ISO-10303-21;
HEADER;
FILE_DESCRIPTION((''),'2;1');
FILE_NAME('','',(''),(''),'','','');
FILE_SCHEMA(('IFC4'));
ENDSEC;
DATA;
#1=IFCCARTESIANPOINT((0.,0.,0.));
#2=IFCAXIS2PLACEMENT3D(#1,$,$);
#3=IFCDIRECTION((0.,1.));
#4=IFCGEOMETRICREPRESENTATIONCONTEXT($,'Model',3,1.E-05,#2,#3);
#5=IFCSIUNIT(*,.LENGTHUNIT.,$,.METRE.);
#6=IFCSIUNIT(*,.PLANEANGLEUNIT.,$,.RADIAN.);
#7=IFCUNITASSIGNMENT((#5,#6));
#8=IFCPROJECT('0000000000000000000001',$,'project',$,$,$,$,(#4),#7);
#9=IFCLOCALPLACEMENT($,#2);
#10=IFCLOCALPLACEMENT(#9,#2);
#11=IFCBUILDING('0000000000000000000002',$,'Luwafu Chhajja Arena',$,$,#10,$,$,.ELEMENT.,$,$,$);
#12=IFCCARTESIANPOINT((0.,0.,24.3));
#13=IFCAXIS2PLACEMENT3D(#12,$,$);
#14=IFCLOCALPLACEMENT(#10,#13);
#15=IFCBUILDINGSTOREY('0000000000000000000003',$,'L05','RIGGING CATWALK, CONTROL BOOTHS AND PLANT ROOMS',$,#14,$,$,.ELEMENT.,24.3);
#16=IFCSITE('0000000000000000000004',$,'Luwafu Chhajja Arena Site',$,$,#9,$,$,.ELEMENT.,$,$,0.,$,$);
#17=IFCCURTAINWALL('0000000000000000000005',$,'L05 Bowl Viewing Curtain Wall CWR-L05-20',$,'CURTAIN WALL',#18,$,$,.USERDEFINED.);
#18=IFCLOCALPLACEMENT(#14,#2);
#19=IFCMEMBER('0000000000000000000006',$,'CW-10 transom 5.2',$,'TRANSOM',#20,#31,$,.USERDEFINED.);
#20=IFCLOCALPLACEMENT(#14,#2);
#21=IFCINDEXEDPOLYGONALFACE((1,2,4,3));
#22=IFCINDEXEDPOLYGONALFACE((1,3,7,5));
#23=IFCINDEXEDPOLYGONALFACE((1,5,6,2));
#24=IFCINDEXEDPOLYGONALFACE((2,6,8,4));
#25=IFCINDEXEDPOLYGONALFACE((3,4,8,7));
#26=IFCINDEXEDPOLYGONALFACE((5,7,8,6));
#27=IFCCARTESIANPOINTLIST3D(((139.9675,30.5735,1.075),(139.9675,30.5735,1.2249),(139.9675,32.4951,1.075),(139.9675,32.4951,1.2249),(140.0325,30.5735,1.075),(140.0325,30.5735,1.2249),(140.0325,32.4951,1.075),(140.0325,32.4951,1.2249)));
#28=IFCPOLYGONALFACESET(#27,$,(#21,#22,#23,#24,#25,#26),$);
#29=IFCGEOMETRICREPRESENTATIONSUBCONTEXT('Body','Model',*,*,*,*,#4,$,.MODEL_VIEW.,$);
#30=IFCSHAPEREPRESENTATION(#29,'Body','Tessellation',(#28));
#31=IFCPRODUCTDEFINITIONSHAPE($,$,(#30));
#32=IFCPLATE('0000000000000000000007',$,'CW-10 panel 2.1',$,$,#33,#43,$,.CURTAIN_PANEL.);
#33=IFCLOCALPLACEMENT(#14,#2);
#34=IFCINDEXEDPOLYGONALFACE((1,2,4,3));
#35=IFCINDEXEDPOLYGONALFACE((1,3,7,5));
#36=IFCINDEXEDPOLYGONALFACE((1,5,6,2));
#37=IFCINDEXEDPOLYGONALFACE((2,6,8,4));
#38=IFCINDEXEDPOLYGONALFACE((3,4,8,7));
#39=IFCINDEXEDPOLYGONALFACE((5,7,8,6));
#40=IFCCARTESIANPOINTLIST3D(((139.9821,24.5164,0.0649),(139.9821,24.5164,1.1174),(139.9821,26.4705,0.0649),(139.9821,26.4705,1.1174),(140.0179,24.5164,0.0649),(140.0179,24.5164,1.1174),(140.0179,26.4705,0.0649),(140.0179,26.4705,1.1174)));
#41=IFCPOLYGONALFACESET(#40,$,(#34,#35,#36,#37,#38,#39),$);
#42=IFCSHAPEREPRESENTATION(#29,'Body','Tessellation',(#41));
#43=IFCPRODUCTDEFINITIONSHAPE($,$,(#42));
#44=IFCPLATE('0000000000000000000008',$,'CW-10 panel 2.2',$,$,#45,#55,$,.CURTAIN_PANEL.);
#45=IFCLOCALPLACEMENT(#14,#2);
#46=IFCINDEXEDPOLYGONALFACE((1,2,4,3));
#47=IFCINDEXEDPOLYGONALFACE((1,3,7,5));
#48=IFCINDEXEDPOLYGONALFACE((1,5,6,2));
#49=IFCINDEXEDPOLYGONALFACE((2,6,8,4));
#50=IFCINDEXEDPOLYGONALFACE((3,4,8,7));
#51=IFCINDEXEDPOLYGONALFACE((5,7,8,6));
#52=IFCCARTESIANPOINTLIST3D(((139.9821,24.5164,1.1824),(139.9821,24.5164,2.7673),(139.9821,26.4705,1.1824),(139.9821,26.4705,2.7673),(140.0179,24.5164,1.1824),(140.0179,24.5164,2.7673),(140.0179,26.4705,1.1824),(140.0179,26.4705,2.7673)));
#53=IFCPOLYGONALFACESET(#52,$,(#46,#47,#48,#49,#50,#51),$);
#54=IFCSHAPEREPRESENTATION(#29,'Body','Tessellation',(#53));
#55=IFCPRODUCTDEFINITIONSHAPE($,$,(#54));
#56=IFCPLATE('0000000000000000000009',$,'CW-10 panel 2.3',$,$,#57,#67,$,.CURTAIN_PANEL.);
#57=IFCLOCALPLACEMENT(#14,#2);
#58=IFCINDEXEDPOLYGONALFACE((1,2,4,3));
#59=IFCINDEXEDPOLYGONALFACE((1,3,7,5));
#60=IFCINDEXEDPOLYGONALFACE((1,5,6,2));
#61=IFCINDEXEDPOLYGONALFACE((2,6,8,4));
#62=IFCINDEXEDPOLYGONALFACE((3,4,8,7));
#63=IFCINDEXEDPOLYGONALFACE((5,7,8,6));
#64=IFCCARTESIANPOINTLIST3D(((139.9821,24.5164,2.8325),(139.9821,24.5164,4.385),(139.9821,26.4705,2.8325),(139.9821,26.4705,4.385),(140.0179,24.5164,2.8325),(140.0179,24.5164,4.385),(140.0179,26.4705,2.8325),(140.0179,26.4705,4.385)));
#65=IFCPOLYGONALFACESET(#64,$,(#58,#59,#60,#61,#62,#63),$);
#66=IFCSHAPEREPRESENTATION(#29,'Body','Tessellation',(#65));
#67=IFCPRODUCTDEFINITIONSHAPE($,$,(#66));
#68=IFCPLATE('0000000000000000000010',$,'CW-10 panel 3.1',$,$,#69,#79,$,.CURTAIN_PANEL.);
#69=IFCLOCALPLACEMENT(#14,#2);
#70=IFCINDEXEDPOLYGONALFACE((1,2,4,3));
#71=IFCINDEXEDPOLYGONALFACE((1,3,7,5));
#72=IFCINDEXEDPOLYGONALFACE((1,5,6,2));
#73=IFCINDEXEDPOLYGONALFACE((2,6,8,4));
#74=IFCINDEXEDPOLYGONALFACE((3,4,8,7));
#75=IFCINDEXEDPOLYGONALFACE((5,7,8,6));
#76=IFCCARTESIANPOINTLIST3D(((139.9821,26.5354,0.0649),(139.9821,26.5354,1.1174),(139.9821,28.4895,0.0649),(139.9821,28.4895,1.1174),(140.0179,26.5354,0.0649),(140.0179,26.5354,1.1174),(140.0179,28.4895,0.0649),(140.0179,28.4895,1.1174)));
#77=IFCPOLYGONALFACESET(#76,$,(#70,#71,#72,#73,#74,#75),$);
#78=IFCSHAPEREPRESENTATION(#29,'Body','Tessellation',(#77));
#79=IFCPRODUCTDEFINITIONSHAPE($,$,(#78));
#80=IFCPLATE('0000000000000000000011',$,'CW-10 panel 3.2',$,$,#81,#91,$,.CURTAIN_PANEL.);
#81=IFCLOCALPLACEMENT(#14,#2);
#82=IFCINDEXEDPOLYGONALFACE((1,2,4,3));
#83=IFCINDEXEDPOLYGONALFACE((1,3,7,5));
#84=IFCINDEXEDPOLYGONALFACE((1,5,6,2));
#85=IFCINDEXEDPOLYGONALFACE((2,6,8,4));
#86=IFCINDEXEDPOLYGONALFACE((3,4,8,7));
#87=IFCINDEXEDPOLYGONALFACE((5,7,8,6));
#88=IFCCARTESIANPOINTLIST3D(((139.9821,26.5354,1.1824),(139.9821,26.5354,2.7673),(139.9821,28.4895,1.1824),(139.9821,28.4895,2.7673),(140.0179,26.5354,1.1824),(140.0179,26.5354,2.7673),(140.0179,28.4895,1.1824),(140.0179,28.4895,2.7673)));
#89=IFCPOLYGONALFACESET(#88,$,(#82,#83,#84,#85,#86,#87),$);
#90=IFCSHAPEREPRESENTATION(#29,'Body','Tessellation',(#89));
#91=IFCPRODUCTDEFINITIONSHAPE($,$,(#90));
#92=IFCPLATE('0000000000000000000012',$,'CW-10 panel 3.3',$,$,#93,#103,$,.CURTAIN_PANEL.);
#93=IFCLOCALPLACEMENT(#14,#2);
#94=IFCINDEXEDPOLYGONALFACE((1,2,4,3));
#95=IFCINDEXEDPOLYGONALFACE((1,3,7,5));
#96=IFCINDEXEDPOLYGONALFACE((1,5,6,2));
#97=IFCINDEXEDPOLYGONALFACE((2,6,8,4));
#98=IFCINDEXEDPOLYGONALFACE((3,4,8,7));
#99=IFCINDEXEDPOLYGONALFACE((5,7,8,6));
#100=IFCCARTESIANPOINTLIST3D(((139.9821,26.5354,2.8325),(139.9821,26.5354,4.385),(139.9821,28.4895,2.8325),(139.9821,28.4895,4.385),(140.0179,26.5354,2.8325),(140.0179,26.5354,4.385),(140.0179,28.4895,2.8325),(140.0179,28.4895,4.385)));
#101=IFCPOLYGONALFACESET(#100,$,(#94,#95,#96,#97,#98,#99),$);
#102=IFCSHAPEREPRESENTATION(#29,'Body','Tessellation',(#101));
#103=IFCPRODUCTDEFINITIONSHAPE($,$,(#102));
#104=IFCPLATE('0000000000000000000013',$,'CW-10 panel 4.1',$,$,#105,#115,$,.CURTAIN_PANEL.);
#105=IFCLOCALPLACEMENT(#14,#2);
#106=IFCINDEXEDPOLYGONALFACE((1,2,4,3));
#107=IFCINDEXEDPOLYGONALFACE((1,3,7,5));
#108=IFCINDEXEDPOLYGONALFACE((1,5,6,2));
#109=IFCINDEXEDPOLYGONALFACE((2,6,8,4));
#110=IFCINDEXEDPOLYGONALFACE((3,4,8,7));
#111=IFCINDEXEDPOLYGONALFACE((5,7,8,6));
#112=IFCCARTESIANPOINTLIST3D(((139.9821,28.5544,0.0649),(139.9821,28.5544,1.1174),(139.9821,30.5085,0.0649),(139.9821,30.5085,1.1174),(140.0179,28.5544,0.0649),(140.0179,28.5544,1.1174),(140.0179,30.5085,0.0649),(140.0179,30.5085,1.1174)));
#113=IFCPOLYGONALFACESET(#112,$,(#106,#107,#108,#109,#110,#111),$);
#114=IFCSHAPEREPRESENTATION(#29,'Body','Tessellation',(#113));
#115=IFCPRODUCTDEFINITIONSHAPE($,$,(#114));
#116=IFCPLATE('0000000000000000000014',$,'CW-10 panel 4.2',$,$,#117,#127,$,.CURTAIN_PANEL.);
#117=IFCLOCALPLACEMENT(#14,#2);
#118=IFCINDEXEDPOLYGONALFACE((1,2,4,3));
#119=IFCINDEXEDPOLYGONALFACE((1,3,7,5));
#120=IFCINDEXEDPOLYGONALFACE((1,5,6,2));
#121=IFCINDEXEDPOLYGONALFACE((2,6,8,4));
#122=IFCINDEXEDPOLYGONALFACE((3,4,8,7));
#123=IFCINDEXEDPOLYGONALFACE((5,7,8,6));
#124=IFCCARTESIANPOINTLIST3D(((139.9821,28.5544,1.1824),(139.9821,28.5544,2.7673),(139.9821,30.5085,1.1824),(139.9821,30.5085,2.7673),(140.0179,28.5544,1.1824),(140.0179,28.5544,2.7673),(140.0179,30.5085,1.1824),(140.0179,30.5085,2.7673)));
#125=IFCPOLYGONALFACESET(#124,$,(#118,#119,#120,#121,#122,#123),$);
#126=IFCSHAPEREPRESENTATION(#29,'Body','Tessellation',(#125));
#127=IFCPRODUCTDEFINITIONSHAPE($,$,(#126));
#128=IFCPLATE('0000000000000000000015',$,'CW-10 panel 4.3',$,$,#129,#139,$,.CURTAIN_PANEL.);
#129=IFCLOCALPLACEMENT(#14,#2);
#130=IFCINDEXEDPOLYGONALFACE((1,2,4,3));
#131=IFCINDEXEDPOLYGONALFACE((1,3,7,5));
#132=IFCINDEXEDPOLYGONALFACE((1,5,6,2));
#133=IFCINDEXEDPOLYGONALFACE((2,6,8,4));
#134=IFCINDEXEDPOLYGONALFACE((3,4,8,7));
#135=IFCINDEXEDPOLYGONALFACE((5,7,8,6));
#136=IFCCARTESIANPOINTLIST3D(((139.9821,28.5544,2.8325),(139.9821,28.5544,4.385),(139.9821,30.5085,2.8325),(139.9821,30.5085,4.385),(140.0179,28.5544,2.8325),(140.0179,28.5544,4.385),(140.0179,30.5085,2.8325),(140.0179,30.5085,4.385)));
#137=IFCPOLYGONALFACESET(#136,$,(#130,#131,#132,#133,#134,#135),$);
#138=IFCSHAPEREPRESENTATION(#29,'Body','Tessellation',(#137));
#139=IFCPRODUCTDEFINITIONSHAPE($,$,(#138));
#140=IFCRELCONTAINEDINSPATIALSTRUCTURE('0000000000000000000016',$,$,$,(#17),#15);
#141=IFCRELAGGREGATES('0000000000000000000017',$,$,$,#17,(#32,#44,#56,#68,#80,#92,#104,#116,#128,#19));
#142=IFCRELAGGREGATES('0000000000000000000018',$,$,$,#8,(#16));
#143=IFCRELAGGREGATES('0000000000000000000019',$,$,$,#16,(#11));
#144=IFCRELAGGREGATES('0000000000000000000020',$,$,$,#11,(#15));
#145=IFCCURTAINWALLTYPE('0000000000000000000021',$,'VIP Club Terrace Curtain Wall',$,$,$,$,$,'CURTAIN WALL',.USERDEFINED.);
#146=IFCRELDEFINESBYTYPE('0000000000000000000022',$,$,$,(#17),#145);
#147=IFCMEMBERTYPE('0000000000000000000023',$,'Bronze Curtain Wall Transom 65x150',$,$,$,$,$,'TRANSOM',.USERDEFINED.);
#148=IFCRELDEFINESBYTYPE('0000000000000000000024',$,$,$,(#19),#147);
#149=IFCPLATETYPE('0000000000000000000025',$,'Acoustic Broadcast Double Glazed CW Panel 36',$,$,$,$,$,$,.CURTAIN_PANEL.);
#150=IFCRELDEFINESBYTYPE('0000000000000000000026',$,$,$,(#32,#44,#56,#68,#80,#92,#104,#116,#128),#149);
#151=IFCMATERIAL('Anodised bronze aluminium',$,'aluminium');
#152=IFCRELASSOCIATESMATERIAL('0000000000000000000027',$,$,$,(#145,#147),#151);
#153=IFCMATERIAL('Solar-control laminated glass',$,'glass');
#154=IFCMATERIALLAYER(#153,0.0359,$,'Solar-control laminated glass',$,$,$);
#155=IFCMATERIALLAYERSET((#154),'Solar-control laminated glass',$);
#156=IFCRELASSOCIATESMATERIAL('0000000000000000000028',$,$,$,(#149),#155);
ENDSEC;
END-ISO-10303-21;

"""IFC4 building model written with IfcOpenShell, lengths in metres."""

from ifc_helpers import new_model, si_unit, direction, frame, origin, origin_2d, place, context, subcontext, project, spatial, rectangle, extrude, material, layer, layer_set, material_profile, profile_set, type_object, element, aggregate, save


model = new_model("IFC4")

# Units and contexts
model_context = context("Model", 3, precision=1e-05, world=origin(), true_north=direction((0.0, 1.0)))
body_context = subcontext(model_context, "Body", "Model", "MODEL_VIEW")
ifc_project = project(units=[si_unit("LENGTHUNIT", "METRE"), si_unit("PLANEANGLEUNIT", "RADIAN")], contexts=[model_context])

# Site, building, storey
site_placement = place(None, origin())
site = spatial("IfcSite", under=ifc_project, at=site_placement, Name="Luwafu Chhajja Arena Site", CompositionType="ELEMENT", RefElevation=0.0)
building_placement = place(site_placement, origin())
building = spatial("IfcBuilding", under=site, at=building_placement, Name="Luwafu Chhajja Arena", CompositionType="ELEMENT")
storey_placement = place(building_placement, frame((0.0, 0.0, 24.3)))
storey = spatial("IfcBuildingStorey", under=building, at=storey_placement, Name="L05", Description="RIGGING CATWALK, CONTROL BOOTHS AND PLANT ROOMS", CompositionType="ELEMENT", Elevation=24.3)

# Curtain wall, member, plates
ifc_material_1 = material(Name="Anodised bronze aluminium", Category="aluminium")
curtain_wall_type = type_object("IfcCurtainWallType", Name="VIP Club Terrace Curtain Wall", ElementType="CURTAIN WALL", PredefinedType="USERDEFINED", material=ifc_material_1)
curtain_wall_placement = place(storey_placement, origin())
curtain_wall = element("IfcCurtainWall", 1, at=curtain_wall_placement, inside=storey, type_object=curtain_wall_type, Name="L05 Bowl Viewing Curtain Wall CWR-L05-20", ObjectType="CURTAIN WALL", PredefinedType="USERDEFINED")
ifc_material_profile_1 = material_profile(ifc_material_1, rectangle(XDim=0.0649, YDim=0.1499, at=origin_2d()), Name="CWT 65x150")
ifc_profile_set_1 = profile_set([ifc_material_profile_1], Name="Anodised bronze aluminium")
member_type_1 = type_object("IfcMemberType", Name="Bronze Curtain Wall Transom 65x150", ElementType="TRANSOM", PredefinedType="USERDEFINED", material=ifc_profile_set_1)
member_1_placement = place(storey_placement, frame((140.0, 30.5735, 1.1499), z_axis=(0.0, 1.0, 0.0), x_axis=(-1.0, 0.0, 0.0)))
member_1 = element("IfcMember", 2, at=member_1_placement, type_object=member_type_1, Name="CW-10 transom 5.2", ObjectType="TRANSOM", PredefinedType="USERDEFINED", context=body_context, shape_type="SweptSolid", body=[
    extrude(rectangle(XDim=0.0649, YDim=0.1499, at=origin_2d()), origin(), (0.0, 0.0, 1.0), 1.9216),
])
ifc_material_2 = material(Name="Solar-control laminated glass", Category="glass")
ifc_layer = layer(ifc_material_2, 0.0359, Name="Solar-control laminated glass")
ifc_layer_set = layer_set([ifc_layer], Name="Solar-control laminated glass")
plate_type = type_object("IfcPlateType", Name="Acoustic Broadcast Double Glazed CW Panel 36", PredefinedType="CURTAIN_PANEL", material=ifc_layer_set)
plate_1_placement = place(storey_placement, frame((140.0, 25.4934, 0.0649), z_axis=(0.0, 0.0, 1.0), x_axis=(0.0, 1.0, 0.0)))
plate_1 = element("IfcPlate", 3, at=plate_1_placement, type_object=plate_type, Name="CW-10 panel 2.1", PredefinedType="CURTAIN_PANEL", context=body_context, shape_type="SweptSolid", body=[
    extrude(rectangle(XDim=1.9541, YDim=0.0359, at=origin_2d()), origin(), (0.0, 0.0, 1.0), 1.0525),
])
plate_2_placement = place(storey_placement, frame((140.0, 25.4934, 1.1824), z_axis=(0.0, 0.0, 1.0), x_axis=(0.0, 1.0, 0.0)))
plate_2 = element("IfcPlate", 4, at=plate_2_placement, type_object=plate_type, Name="CW-10 panel 2.2", PredefinedType="CURTAIN_PANEL", context=body_context, shape_type="SweptSolid", body=[
    extrude(rectangle(XDim=1.9541, YDim=0.0359, at=origin_2d()), origin(), (0.0, 0.0, 1.0), 1.585),
])
plate_3_placement = place(storey_placement, frame((140.0, 25.4934, 2.8325), z_axis=(0.0, 0.0, 1.0), x_axis=(0.0, 1.0, 0.0)))
plate_3 = element("IfcPlate", 5, at=plate_3_placement, type_object=plate_type, Name="CW-10 panel 2.3", PredefinedType="CURTAIN_PANEL", context=body_context, shape_type="SweptSolid", body=[
    extrude(rectangle(XDim=1.9541, YDim=0.0359, at=origin_2d()), origin(), (0.0, 0.0, 1.0), 1.5525),
])
plate_4_placement = place(storey_placement, frame((140.0, 27.5125, 0.0649), z_axis=(0.0, 0.0, 1.0), x_axis=(0.0, 1.0, 0.0)))
plate_4 = element("IfcPlate", 6, at=plate_4_placement, type_object=plate_type, Name="CW-10 panel 3.1", PredefinedType="CURTAIN_PANEL", context=body_context, shape_type="SweptSolid", body=[
    extrude(rectangle(XDim=1.9541, YDim=0.0359, at=origin_2d()), origin(), (0.0, 0.0, 1.0), 1.0525),
])
plate_5_placement = place(storey_placement, frame((140.0, 27.5125, 1.1824), z_axis=(0.0, 0.0, 1.0), x_axis=(0.0, 1.0, 0.0)))
plate_5 = element("IfcPlate", 7, at=plate_5_placement, type_object=plate_type, Name="CW-10 panel 3.2", PredefinedType="CURTAIN_PANEL", context=body_context, shape_type="SweptSolid", body=[
    extrude(rectangle(XDim=1.9541, YDim=0.0359, at=origin_2d()), origin(), (0.0, 0.0, 1.0), 1.585),
])
plate_6_placement = place(storey_placement, frame((140.0, 27.5125, 2.8325), z_axis=(0.0, 0.0, 1.0), x_axis=(0.0, 1.0, 0.0)))
plate_6 = element("IfcPlate", 8, at=plate_6_placement, type_object=plate_type, Name="CW-10 panel 3.3", PredefinedType="CURTAIN_PANEL", context=body_context, shape_type="SweptSolid", body=[
    extrude(rectangle(XDim=1.9541, YDim=0.0359, at=origin_2d()), origin(), (0.0, 0.0, 1.0), 1.5525),
])
plate_7_placement = place(storey_placement, frame((140.0, 29.5315, 0.0649), z_axis=(0.0, 0.0, 1.0), x_axis=(0.0, 1.0, 0.0)))
plate_7 = element("IfcPlate", 9, at=plate_7_placement, type_object=plate_type, Name="CW-10 panel 4.1", PredefinedType="CURTAIN_PANEL", context=body_context, shape_type="SweptSolid", body=[
    extrude(rectangle(XDim=1.9541, YDim=0.0359, at=origin_2d()), origin(), (0.0, 0.0, 1.0), 1.0525),
])
plate_8_placement = place(storey_placement, frame((140.0, 29.5315, 1.1824), z_axis=(0.0, 0.0, 1.0), x_axis=(0.0, 1.0, 0.0)))
plate_8 = element("IfcPlate", 10, at=plate_8_placement, type_object=plate_type, Name="CW-10 panel 4.2", PredefinedType="CURTAIN_PANEL", context=body_context, shape_type="SweptSolid", body=[
    extrude(rectangle(XDim=1.9541, YDim=0.0359, at=origin_2d()), origin(), (0.0, 0.0, 1.0), 1.585),
])
plate_9_placement = place(storey_placement, frame((140.0, 29.5315, 2.8325), z_axis=(0.0, 0.0, 1.0), x_axis=(0.0, 1.0, 0.0)))
plate_9 = element("IfcPlate", 11, at=plate_9_placement, type_object=plate_type, Name="CW-10 panel 4.3", PredefinedType="CURTAIN_PANEL", context=body_context, shape_type="SweptSolid", body=[
    extrude(rectangle(XDim=1.9541, YDim=0.0359, at=origin_2d()), origin(), (0.0, 0.0, 1.0), 1.5525),
])
aggregate(curtain_wall, [plate_1, plate_2, plate_3, plate_4, plate_5, plate_6, plate_7, plate_8, plate_9, member_1])

save(model, "model.ifc")
